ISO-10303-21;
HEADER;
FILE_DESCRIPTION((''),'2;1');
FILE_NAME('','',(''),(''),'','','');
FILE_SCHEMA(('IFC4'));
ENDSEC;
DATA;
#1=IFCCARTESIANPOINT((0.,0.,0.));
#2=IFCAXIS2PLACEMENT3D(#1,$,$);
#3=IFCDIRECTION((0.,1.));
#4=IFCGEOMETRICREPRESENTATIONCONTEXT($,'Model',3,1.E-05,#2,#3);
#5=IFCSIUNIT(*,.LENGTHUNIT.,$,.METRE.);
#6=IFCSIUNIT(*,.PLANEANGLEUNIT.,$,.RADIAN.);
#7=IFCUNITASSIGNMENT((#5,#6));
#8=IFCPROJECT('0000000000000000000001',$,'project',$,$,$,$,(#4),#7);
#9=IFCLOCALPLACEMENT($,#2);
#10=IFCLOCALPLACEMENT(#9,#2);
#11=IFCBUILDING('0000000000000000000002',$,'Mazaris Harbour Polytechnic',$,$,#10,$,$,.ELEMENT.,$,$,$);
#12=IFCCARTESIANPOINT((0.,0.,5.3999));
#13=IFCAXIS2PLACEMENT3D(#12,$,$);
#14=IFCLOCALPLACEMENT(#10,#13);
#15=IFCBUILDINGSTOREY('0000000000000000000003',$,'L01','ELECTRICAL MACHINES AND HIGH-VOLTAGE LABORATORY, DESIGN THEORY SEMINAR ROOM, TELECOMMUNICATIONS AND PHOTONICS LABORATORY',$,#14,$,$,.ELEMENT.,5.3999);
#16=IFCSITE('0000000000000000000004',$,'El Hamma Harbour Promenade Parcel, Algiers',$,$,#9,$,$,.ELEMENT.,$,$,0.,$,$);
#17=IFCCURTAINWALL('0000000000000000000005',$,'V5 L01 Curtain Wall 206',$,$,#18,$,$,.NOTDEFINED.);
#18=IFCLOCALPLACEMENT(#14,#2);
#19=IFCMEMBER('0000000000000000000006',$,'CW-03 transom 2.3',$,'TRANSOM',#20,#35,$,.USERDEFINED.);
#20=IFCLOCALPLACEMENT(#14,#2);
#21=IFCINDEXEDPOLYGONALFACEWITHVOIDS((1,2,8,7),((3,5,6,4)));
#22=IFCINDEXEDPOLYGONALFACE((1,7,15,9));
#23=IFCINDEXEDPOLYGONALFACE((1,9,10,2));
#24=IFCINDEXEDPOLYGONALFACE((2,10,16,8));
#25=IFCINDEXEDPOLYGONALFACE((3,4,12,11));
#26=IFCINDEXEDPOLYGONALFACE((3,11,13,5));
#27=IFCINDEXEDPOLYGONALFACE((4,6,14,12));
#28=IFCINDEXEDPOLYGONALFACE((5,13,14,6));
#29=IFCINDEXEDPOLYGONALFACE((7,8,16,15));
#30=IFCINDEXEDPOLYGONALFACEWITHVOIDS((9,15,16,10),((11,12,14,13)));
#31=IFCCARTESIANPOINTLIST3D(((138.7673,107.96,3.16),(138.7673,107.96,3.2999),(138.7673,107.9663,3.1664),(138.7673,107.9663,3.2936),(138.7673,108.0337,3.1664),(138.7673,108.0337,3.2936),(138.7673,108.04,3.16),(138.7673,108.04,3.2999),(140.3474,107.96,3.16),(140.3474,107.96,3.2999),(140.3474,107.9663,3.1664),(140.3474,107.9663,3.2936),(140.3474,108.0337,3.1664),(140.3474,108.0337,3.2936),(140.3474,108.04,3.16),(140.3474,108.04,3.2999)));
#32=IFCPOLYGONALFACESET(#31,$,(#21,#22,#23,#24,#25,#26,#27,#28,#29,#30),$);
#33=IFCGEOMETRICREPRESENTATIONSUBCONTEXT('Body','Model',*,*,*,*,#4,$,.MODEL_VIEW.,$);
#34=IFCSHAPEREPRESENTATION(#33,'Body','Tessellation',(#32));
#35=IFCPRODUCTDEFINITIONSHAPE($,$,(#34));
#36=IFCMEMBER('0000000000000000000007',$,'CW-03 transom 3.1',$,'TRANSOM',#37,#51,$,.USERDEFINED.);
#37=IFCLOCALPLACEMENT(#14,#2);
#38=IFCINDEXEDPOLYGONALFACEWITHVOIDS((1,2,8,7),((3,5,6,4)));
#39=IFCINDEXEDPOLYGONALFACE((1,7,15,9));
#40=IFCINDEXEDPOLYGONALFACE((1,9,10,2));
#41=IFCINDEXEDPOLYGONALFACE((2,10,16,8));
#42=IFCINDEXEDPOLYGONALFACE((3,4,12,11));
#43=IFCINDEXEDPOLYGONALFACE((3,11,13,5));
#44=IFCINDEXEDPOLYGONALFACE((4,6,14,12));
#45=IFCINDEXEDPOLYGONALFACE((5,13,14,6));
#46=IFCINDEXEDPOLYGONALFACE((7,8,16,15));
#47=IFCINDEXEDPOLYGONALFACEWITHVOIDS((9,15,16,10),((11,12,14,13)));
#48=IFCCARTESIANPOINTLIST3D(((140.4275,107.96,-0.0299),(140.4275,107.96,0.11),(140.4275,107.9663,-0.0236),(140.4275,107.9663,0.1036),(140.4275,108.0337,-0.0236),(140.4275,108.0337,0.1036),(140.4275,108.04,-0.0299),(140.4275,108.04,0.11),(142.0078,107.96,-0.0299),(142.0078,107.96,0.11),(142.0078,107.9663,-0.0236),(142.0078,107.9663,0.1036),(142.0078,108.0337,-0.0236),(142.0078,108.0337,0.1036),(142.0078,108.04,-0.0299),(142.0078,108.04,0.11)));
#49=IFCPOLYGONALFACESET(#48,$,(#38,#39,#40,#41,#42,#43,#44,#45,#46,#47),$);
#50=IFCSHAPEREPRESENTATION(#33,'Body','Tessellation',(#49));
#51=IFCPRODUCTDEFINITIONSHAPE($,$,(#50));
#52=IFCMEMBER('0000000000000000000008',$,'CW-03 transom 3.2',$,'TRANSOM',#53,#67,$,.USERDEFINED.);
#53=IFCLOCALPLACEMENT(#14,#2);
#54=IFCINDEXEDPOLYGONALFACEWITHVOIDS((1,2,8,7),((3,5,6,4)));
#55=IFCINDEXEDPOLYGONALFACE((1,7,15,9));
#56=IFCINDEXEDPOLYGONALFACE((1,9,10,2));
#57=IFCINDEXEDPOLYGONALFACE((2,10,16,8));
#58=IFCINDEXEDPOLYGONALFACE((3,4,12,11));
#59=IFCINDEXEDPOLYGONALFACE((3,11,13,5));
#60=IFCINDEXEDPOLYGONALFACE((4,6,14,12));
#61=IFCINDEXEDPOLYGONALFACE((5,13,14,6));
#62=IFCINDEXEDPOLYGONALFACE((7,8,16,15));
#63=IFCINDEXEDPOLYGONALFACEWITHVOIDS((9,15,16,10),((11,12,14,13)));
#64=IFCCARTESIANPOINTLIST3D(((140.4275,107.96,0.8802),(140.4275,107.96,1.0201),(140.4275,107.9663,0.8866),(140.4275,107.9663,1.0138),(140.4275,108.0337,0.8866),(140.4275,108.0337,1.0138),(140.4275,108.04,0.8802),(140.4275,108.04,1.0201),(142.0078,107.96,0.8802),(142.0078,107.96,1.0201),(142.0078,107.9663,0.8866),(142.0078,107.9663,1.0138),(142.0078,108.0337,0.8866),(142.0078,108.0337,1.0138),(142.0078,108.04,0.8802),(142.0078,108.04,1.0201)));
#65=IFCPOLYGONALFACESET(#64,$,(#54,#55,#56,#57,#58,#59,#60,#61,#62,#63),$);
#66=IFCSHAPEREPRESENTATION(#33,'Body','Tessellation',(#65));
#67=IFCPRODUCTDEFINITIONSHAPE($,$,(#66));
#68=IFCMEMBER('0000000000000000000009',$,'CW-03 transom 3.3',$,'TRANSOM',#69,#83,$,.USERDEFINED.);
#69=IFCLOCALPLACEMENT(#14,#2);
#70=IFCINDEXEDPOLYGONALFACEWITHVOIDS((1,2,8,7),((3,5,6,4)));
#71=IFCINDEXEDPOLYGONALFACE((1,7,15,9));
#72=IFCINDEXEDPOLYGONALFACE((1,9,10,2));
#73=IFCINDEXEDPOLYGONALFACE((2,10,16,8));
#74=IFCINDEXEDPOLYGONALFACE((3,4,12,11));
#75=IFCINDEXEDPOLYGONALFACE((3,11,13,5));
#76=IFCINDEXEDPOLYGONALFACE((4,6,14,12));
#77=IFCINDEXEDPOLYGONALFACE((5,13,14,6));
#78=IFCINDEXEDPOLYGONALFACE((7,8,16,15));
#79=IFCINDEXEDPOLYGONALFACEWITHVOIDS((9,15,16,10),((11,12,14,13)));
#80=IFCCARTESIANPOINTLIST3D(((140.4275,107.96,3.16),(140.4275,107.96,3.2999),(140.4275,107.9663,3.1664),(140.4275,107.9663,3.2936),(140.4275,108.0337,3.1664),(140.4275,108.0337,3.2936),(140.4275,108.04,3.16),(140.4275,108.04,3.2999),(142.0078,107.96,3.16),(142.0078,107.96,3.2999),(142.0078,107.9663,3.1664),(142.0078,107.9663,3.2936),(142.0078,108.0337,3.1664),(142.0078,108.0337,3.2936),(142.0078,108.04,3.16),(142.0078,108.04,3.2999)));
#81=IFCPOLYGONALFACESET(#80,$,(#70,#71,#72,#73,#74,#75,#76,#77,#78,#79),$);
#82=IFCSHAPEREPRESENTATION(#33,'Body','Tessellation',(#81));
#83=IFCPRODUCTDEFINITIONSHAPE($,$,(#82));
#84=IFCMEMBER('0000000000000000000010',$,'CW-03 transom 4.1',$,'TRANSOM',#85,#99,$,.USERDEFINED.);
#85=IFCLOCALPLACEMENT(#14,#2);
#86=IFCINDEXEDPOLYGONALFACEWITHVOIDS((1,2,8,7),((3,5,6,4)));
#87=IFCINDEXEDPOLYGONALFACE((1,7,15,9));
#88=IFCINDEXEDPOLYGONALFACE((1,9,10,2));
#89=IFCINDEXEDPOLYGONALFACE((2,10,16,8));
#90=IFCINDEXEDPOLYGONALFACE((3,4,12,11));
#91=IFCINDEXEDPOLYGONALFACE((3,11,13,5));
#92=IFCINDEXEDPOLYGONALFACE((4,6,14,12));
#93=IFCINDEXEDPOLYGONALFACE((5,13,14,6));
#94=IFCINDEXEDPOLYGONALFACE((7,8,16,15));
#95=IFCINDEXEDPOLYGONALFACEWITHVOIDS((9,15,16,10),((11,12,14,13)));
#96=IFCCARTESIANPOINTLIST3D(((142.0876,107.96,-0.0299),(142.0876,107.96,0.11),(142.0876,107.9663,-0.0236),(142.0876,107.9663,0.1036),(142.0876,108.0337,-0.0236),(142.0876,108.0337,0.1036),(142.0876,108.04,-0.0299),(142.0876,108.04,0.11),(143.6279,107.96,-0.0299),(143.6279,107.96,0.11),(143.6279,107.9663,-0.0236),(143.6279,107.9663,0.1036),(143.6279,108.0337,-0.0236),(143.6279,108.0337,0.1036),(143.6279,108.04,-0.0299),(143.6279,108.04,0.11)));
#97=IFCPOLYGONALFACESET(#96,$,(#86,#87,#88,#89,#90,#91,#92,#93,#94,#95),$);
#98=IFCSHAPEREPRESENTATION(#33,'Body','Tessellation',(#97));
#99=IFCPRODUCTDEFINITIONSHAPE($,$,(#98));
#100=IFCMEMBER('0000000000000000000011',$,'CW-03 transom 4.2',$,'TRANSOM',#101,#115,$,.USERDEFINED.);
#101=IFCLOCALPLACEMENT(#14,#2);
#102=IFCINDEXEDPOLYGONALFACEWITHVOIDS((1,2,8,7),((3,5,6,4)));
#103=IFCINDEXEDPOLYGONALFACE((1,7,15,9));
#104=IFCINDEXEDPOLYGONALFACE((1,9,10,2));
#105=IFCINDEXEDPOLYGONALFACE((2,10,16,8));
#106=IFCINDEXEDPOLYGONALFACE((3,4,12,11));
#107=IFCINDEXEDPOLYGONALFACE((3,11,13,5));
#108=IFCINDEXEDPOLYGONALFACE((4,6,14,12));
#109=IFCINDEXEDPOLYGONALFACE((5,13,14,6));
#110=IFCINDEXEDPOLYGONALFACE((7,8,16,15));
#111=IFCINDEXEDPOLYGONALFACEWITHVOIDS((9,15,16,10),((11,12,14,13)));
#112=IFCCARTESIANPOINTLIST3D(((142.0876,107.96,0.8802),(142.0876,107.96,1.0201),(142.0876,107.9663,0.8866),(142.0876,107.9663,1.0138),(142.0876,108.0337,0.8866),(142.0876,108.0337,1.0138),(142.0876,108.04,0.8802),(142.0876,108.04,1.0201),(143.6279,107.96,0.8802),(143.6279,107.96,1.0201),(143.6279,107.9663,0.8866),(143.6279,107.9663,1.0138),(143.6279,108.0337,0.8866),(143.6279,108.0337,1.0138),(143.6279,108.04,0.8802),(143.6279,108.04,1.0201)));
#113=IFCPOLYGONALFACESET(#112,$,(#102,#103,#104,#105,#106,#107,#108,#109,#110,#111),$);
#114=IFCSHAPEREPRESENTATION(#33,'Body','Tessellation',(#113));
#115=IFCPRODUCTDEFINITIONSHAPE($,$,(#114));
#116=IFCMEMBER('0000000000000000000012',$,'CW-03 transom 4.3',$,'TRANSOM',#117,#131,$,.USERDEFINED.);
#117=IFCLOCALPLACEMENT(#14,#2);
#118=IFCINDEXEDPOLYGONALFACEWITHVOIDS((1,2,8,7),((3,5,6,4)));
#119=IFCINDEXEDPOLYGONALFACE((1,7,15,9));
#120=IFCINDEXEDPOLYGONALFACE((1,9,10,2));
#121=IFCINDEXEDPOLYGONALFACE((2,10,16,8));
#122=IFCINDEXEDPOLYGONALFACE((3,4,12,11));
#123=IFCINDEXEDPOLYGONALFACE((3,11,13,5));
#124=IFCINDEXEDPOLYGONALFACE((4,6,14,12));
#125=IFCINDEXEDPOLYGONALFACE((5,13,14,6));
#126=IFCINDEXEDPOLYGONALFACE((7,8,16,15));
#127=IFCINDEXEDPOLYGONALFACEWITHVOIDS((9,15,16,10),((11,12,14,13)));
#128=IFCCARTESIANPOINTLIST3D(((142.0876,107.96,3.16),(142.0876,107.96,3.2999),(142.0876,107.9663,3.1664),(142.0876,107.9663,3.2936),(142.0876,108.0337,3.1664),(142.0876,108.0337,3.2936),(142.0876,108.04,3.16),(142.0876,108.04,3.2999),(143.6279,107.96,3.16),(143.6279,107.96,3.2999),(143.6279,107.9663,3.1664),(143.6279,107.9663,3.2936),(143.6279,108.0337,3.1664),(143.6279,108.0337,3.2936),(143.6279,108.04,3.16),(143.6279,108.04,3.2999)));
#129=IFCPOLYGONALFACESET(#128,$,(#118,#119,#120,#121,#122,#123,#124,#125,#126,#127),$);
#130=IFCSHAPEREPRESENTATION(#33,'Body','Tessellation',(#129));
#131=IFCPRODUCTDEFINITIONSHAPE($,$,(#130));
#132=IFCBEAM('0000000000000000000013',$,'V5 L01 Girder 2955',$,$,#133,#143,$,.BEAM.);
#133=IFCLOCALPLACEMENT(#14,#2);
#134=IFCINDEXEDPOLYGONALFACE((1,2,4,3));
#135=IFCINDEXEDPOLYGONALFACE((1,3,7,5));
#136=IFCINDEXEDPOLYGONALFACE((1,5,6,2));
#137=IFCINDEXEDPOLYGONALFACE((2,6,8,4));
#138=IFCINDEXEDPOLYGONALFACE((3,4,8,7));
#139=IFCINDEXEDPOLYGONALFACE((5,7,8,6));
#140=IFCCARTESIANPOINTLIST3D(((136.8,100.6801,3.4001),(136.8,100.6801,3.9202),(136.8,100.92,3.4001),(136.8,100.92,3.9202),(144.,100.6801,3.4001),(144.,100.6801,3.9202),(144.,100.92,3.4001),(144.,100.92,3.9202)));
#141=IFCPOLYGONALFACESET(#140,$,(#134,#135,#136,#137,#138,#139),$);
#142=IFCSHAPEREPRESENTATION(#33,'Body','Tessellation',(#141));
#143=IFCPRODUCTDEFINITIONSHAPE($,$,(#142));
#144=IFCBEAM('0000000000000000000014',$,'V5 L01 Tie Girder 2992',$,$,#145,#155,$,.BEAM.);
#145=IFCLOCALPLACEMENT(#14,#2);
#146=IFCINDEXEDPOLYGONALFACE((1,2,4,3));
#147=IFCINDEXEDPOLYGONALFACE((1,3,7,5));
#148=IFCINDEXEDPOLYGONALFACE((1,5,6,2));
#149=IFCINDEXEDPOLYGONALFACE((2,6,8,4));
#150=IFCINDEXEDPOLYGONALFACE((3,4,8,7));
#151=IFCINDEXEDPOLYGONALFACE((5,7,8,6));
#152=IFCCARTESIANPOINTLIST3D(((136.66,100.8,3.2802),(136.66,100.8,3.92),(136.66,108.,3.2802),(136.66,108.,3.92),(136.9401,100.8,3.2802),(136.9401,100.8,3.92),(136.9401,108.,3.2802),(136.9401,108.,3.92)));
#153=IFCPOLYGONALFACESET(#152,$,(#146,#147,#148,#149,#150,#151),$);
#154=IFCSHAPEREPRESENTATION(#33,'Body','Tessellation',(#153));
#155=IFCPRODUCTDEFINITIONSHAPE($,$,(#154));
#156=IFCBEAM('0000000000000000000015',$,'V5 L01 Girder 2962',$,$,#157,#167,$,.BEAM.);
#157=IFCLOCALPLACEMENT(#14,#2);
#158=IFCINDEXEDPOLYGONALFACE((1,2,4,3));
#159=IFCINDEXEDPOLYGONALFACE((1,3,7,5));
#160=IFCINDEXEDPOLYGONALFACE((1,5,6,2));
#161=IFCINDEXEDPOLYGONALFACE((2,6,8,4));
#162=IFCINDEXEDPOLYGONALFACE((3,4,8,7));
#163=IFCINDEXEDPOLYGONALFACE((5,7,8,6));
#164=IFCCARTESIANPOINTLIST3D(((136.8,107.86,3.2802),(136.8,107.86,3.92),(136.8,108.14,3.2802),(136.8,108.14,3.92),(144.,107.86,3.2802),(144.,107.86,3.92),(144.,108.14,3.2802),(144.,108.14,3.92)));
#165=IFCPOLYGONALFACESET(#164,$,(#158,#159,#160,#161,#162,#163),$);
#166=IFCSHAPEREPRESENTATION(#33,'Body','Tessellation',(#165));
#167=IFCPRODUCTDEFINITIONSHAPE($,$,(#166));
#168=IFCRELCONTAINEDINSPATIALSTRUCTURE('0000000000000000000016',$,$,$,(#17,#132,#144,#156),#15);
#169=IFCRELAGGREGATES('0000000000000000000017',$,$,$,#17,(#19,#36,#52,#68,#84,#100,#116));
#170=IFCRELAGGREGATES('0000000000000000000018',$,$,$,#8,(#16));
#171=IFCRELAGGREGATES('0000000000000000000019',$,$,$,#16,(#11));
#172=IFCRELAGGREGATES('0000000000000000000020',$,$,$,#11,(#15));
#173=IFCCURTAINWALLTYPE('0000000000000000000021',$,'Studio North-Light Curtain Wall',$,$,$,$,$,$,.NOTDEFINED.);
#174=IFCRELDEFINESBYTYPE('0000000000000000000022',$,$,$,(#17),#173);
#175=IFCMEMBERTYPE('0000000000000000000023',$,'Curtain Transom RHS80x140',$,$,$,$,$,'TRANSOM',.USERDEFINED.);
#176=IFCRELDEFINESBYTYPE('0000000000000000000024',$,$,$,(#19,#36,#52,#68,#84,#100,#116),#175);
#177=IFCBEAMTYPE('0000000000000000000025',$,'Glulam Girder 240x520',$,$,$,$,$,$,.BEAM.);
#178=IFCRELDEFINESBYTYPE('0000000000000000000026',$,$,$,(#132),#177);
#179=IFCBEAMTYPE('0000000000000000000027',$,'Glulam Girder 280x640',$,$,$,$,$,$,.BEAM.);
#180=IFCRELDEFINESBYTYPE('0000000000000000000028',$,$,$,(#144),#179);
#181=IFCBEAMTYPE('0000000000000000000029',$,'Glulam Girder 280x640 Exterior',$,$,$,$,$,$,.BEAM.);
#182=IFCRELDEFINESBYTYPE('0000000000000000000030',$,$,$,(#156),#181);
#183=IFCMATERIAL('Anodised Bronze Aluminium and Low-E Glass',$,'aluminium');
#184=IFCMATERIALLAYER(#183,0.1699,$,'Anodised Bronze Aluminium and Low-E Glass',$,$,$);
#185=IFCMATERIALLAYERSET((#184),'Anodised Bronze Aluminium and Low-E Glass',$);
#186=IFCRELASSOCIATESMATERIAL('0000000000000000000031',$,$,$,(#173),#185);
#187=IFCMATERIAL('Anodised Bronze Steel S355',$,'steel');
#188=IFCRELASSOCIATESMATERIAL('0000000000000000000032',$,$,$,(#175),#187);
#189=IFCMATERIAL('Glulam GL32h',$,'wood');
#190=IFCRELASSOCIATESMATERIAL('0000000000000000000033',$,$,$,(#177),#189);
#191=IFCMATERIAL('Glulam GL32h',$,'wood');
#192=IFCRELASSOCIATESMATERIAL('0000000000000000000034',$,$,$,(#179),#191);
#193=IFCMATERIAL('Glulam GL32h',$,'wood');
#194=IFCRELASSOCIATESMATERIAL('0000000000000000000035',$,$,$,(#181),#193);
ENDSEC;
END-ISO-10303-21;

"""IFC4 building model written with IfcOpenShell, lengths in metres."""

from ifc_helpers import new_model, si_unit, direction, frame, origin, origin_2d, place, context, subcontext, project, spatial, rectangle, hollow_rectangle, extrude, material, layer, layer_set, material_profile, profile_set, type_object, element, aggregate, save


model = new_model("IFC4")

# Units and contexts
model_context = context("Model", 3, precision=1e-05, world=origin(), true_north=direction((0.0, 1.0)))
body_context = subcontext(model_context, "Body", "Model", "MODEL_VIEW")
ifc_project = project(units=[si_unit("LENGTHUNIT", "METRE"), si_unit("PLANEANGLEUNIT", "RADIAN")], contexts=[model_context])

# Site, building, storey
site_placement = place(None, origin())
site = spatial("IfcSite", under=ifc_project, at=site_placement, Name="El Hamma Harbour Promenade Parcel, Algiers", CompositionType="ELEMENT", RefElevation=0.0)
building_placement = place(site_placement, origin())
building = spatial("IfcBuilding", under=site, at=building_placement, Name="Mazaris Harbour Polytechnic", CompositionType="ELEMENT")
storey_placement = place(building_placement, frame((0.0, 0.0, 5.3999)))
storey = spatial("IfcBuildingStorey", under=building, at=storey_placement, Name="L01", Description="ELECTRICAL MACHINES AND HIGH-VOLTAGE LABORATORY, DESIGN THEORY SEMINAR ROOM, TELECOMMUNICATIONS AND PHOTONICS LABORATORY", CompositionType="ELEMENT", Elevation=5.3999)

# Curtain wall, members
ifc_material_1 = material(Name="Anodised Bronze Aluminium and Low-E Glass", Category="aluminium")
ifc_layer_1 = layer(ifc_material_1, 0.1699, Name="Anodised Bronze Aluminium and Low-E Glass")
ifc_layer_set_1 = layer_set([ifc_layer_1], Name="Anodised Bronze Aluminium and Low-E Glass")
curtain_wall_type = type_object("IfcCurtainWallType", Name="Studio North-Light Curtain Wall", PredefinedType="NOTDEFINED", material=ifc_layer_set_1)
curtain_wall_placement = place(storey_placement, origin())
curtain_wall = element("IfcCurtainWall", 1, at=curtain_wall_placement, inside=storey, type_object=curtain_wall_type, Name="V5 L01 Curtain Wall 206", PredefinedType="NOTDEFINED")
ifc_material_2 = material(Name="Anodised Bronze Steel S355", Category="steel")
ifc_material_profile_1 = material_profile(ifc_material_2, hollow_rectangle(XDim=0.0801, YDim=0.1399, WallThickness=0.0063, at=origin_2d()), Name="RHS 80x140x6.3")
ifc_profile_set_1 = profile_set([ifc_material_profile_1], Name="Anodised Bronze Steel S355")
member_type_1 = type_object("IfcMemberType", Name="Curtain Transom RHS80x140", ElementType="TRANSOM", PredefinedType="USERDEFINED", material=ifc_profile_set_1)
member_1_placement = place(storey_placement, frame((138.7673, 108.0, 3.23), z_axis=(1.0, 0.0, 0.0), x_axis=(0.0, 1.0, 0.0)))
member_1 = element("IfcMember", 2, at=member_1_placement, type_object=member_type_1, Name="CW-03 transom 2.3", ObjectType="TRANSOM", PredefinedType="USERDEFINED", context=body_context, shape_type="SweptSolid", body=[
    extrude(hollow_rectangle(XDim=0.0801, YDim=0.1399, WallThickness=0.0063, at=origin_2d()), origin(), (0.0, 0.0, 1.0), 1.5801),
])
member_2_placement = place(storey_placement, frame((140.4275, 108.0, 0.04), z_axis=(1.0, 0.0, 0.0), x_axis=(0.0, 1.0, 0.0)))
member_2 = element("IfcMember", 3, at=member_2_placement, type_object=member_type_1, Name="CW-03 transom 3.1", ObjectType="TRANSOM", PredefinedType="USERDEFINED", context=body_context, shape_type="SweptSolid", body=[
    extrude(hollow_rectangle(XDim=0.0801, YDim=0.1399, WallThickness=0.0063, at=origin_2d()), origin(), (0.0, 0.0, 1.0), 1.5803),
])
member_3_placement = place(storey_placement, frame((140.4275, 108.0, 0.9502), z_axis=(1.0, 0.0, 0.0), x_axis=(0.0, 1.0, 0.0)))
member_3 = element("IfcMember", 4, at=member_3_placement, type_object=member_type_1, Name="CW-03 transom 3.2", ObjectType="TRANSOM", PredefinedType="USERDEFINED", context=body_context, shape_type="SweptSolid", body=[
    extrude(hollow_rectangle(XDim=0.0801, YDim=0.1399, WallThickness=0.0063, at=origin_2d()), origin(), (0.0, 0.0, 1.0), 1.5803),
])
member_4_placement = place(storey_placement, frame((140.4275, 108.0, 3.23), z_axis=(1.0, 0.0, 0.0), x_axis=(0.0, 1.0, 0.0)))
member_4 = element("IfcMember", 5, at=member_4_placement, type_object=member_type_1, Name="CW-03 transom 3.3", ObjectType="TRANSOM", PredefinedType="USERDEFINED", context=body_context, shape_type="SweptSolid", body=[
    extrude(hollow_rectangle(XDim=0.0801, YDim=0.1399, WallThickness=0.0063, at=origin_2d()), origin(), (0.0, 0.0, 1.0), 1.5803),
])
member_5_placement = place(storey_placement, frame((142.0876, 108.0, 0.04), z_axis=(1.0, 0.0, 0.0), x_axis=(0.0, 1.0, 0.0)))
member_5 = element("IfcMember", 6, at=member_5_placement, type_object=member_type_1, Name="CW-03 transom 4.1", ObjectType="TRANSOM", PredefinedType="USERDEFINED", context=body_context, shape_type="SweptSolid", body=[
    extrude(hollow_rectangle(XDim=0.0801, YDim=0.1399, WallThickness=0.0063, at=origin_2d()), origin(), (0.0, 0.0, 1.0), 1.5403),
])
member_6_placement = place(storey_placement, frame((142.0876, 108.0, 0.9502), z_axis=(1.0, 0.0, 0.0), x_axis=(0.0, 1.0, 0.0)))
member_6 = element("IfcMember", 7, at=member_6_placement, type_object=member_type_1, Name="CW-03 transom 4.2", ObjectType="TRANSOM", PredefinedType="USERDEFINED", context=body_context, shape_type="SweptSolid", body=[
    extrude(hollow_rectangle(XDim=0.0801, YDim=0.1399, WallThickness=0.0063, at=origin_2d()), origin(), (0.0, 0.0, 1.0), 1.5403),
])
member_7_placement = place(storey_placement, frame((142.0876, 108.0, 3.23), z_axis=(1.0, 0.0, 0.0), x_axis=(0.0, 1.0, 0.0)))
member_7 = element("IfcMember", 8, at=member_7_placement, type_object=member_type_1, Name="CW-03 transom 4.3", ObjectType="TRANSOM", PredefinedType="USERDEFINED", context=body_context, shape_type="SweptSolid", body=[
    extrude(hollow_rectangle(XDim=0.0801, YDim=0.1399, WallThickness=0.0063, at=origin_2d()), origin(), (0.0, 0.0, 1.0), 1.5403),
])

# Beams
ifc_material_3 = material(Name="Glulam GL32h", Category="wood")
ifc_material_profile_2 = material_profile(ifc_material_3, rectangle(XDim=0.24, YDim=0.52, at=origin_2d()), Name="RECT240x520")
ifc_profile_set_2 = profile_set([ifc_material_profile_2], Name="Glulam GL32h")
beam_type_1 = type_object("IfcBeamType", Name="Glulam Girder 240x520", PredefinedType="BEAM", material=ifc_profile_set_2)
beam_1_placement = place(storey_placement, frame((136.8, 100.8, 3.6602), z_axis=(1.0, 0.0, 0.0), x_axis=(0.0, 1.0, 0.0)))
element("IfcBeam", 9, at=beam_1_placement, inside=storey, type_object=beam_type_1, Name="V5 L01 Girder 2955", PredefinedType="BEAM", context=body_context, shape_type="SweptSolid", body=[
    extrude(rectangle(XDim=0.24, YDim=0.52, at=origin_2d()), origin(), (0.0, 0.0, 1.0), 7.2),
])
ifc_material_4 = material(Name="Glulam GL32h", Category="wood")
ifc_material_profile_3 = material_profile(ifc_material_4, rectangle(XDim=0.28, YDim=0.6399, at=origin_2d()), Name="RECT280x640")
ifc_profile_set_3 = profile_set([ifc_material_profile_3], Name="Glulam GL32h")
beam_type_2 = type_object("IfcBeamType", Name="Glulam Girder 280x640", PredefinedType="BEAM", material=ifc_profile_set_3)
beam_2_placement = place(storey_placement, frame((136.8, 100.8, 3.6001), z_axis=(0.0, 1.0, 0.0), x_axis=(-1.0, 0.0, 0.0)))
element("IfcBeam", 10, at=beam_2_placement, inside=storey, type_object=beam_type_2, Name="V5 L01 Tie Girder 2992", PredefinedType="BEAM", context=body_context, shape_type="SweptSolid", body=[
    extrude(rectangle(XDim=0.28, YDim=0.6399, at=origin_2d()), origin(), (0.0, 0.0, 1.0), 7.2),
])
ifc_material_5 = material(Name="Glulam GL32h", Category="wood")
ifc_material_profile_4 = material_profile(ifc_material_5, rectangle(XDim=0.28, YDim=0.6399, at=origin_2d()), Name="RECT280x640")
ifc_profile_set_4 = profile_set([ifc_material_profile_4], Name="Glulam GL32h")
beam_type_3 = type_object("IfcBeamType", Name="Glulam Girder 280x640 Exterior", PredefinedType="BEAM", material=ifc_profile_set_4)
beam_3_placement = place(storey_placement, frame((136.8, 108.0, 3.6001), z_axis=(1.0, 0.0, 0.0), x_axis=(0.0, 1.0, 0.0)))
element("IfcBeam", 11, at=beam_3_placement, inside=storey, type_object=beam_type_3, Name="V5 L01 Girder 2962", PredefinedType="BEAM", context=body_context, shape_type="SweptSolid", body=[
    extrude(rectangle(XDim=0.28, YDim=0.6399, at=origin_2d()), origin(), (0.0, 0.0, 1.0), 7.2),
])

aggregate(curtain_wall, [member_1, member_2, member_3, member_4, member_5, member_6, member_7])

save(model, "model.ifc")
